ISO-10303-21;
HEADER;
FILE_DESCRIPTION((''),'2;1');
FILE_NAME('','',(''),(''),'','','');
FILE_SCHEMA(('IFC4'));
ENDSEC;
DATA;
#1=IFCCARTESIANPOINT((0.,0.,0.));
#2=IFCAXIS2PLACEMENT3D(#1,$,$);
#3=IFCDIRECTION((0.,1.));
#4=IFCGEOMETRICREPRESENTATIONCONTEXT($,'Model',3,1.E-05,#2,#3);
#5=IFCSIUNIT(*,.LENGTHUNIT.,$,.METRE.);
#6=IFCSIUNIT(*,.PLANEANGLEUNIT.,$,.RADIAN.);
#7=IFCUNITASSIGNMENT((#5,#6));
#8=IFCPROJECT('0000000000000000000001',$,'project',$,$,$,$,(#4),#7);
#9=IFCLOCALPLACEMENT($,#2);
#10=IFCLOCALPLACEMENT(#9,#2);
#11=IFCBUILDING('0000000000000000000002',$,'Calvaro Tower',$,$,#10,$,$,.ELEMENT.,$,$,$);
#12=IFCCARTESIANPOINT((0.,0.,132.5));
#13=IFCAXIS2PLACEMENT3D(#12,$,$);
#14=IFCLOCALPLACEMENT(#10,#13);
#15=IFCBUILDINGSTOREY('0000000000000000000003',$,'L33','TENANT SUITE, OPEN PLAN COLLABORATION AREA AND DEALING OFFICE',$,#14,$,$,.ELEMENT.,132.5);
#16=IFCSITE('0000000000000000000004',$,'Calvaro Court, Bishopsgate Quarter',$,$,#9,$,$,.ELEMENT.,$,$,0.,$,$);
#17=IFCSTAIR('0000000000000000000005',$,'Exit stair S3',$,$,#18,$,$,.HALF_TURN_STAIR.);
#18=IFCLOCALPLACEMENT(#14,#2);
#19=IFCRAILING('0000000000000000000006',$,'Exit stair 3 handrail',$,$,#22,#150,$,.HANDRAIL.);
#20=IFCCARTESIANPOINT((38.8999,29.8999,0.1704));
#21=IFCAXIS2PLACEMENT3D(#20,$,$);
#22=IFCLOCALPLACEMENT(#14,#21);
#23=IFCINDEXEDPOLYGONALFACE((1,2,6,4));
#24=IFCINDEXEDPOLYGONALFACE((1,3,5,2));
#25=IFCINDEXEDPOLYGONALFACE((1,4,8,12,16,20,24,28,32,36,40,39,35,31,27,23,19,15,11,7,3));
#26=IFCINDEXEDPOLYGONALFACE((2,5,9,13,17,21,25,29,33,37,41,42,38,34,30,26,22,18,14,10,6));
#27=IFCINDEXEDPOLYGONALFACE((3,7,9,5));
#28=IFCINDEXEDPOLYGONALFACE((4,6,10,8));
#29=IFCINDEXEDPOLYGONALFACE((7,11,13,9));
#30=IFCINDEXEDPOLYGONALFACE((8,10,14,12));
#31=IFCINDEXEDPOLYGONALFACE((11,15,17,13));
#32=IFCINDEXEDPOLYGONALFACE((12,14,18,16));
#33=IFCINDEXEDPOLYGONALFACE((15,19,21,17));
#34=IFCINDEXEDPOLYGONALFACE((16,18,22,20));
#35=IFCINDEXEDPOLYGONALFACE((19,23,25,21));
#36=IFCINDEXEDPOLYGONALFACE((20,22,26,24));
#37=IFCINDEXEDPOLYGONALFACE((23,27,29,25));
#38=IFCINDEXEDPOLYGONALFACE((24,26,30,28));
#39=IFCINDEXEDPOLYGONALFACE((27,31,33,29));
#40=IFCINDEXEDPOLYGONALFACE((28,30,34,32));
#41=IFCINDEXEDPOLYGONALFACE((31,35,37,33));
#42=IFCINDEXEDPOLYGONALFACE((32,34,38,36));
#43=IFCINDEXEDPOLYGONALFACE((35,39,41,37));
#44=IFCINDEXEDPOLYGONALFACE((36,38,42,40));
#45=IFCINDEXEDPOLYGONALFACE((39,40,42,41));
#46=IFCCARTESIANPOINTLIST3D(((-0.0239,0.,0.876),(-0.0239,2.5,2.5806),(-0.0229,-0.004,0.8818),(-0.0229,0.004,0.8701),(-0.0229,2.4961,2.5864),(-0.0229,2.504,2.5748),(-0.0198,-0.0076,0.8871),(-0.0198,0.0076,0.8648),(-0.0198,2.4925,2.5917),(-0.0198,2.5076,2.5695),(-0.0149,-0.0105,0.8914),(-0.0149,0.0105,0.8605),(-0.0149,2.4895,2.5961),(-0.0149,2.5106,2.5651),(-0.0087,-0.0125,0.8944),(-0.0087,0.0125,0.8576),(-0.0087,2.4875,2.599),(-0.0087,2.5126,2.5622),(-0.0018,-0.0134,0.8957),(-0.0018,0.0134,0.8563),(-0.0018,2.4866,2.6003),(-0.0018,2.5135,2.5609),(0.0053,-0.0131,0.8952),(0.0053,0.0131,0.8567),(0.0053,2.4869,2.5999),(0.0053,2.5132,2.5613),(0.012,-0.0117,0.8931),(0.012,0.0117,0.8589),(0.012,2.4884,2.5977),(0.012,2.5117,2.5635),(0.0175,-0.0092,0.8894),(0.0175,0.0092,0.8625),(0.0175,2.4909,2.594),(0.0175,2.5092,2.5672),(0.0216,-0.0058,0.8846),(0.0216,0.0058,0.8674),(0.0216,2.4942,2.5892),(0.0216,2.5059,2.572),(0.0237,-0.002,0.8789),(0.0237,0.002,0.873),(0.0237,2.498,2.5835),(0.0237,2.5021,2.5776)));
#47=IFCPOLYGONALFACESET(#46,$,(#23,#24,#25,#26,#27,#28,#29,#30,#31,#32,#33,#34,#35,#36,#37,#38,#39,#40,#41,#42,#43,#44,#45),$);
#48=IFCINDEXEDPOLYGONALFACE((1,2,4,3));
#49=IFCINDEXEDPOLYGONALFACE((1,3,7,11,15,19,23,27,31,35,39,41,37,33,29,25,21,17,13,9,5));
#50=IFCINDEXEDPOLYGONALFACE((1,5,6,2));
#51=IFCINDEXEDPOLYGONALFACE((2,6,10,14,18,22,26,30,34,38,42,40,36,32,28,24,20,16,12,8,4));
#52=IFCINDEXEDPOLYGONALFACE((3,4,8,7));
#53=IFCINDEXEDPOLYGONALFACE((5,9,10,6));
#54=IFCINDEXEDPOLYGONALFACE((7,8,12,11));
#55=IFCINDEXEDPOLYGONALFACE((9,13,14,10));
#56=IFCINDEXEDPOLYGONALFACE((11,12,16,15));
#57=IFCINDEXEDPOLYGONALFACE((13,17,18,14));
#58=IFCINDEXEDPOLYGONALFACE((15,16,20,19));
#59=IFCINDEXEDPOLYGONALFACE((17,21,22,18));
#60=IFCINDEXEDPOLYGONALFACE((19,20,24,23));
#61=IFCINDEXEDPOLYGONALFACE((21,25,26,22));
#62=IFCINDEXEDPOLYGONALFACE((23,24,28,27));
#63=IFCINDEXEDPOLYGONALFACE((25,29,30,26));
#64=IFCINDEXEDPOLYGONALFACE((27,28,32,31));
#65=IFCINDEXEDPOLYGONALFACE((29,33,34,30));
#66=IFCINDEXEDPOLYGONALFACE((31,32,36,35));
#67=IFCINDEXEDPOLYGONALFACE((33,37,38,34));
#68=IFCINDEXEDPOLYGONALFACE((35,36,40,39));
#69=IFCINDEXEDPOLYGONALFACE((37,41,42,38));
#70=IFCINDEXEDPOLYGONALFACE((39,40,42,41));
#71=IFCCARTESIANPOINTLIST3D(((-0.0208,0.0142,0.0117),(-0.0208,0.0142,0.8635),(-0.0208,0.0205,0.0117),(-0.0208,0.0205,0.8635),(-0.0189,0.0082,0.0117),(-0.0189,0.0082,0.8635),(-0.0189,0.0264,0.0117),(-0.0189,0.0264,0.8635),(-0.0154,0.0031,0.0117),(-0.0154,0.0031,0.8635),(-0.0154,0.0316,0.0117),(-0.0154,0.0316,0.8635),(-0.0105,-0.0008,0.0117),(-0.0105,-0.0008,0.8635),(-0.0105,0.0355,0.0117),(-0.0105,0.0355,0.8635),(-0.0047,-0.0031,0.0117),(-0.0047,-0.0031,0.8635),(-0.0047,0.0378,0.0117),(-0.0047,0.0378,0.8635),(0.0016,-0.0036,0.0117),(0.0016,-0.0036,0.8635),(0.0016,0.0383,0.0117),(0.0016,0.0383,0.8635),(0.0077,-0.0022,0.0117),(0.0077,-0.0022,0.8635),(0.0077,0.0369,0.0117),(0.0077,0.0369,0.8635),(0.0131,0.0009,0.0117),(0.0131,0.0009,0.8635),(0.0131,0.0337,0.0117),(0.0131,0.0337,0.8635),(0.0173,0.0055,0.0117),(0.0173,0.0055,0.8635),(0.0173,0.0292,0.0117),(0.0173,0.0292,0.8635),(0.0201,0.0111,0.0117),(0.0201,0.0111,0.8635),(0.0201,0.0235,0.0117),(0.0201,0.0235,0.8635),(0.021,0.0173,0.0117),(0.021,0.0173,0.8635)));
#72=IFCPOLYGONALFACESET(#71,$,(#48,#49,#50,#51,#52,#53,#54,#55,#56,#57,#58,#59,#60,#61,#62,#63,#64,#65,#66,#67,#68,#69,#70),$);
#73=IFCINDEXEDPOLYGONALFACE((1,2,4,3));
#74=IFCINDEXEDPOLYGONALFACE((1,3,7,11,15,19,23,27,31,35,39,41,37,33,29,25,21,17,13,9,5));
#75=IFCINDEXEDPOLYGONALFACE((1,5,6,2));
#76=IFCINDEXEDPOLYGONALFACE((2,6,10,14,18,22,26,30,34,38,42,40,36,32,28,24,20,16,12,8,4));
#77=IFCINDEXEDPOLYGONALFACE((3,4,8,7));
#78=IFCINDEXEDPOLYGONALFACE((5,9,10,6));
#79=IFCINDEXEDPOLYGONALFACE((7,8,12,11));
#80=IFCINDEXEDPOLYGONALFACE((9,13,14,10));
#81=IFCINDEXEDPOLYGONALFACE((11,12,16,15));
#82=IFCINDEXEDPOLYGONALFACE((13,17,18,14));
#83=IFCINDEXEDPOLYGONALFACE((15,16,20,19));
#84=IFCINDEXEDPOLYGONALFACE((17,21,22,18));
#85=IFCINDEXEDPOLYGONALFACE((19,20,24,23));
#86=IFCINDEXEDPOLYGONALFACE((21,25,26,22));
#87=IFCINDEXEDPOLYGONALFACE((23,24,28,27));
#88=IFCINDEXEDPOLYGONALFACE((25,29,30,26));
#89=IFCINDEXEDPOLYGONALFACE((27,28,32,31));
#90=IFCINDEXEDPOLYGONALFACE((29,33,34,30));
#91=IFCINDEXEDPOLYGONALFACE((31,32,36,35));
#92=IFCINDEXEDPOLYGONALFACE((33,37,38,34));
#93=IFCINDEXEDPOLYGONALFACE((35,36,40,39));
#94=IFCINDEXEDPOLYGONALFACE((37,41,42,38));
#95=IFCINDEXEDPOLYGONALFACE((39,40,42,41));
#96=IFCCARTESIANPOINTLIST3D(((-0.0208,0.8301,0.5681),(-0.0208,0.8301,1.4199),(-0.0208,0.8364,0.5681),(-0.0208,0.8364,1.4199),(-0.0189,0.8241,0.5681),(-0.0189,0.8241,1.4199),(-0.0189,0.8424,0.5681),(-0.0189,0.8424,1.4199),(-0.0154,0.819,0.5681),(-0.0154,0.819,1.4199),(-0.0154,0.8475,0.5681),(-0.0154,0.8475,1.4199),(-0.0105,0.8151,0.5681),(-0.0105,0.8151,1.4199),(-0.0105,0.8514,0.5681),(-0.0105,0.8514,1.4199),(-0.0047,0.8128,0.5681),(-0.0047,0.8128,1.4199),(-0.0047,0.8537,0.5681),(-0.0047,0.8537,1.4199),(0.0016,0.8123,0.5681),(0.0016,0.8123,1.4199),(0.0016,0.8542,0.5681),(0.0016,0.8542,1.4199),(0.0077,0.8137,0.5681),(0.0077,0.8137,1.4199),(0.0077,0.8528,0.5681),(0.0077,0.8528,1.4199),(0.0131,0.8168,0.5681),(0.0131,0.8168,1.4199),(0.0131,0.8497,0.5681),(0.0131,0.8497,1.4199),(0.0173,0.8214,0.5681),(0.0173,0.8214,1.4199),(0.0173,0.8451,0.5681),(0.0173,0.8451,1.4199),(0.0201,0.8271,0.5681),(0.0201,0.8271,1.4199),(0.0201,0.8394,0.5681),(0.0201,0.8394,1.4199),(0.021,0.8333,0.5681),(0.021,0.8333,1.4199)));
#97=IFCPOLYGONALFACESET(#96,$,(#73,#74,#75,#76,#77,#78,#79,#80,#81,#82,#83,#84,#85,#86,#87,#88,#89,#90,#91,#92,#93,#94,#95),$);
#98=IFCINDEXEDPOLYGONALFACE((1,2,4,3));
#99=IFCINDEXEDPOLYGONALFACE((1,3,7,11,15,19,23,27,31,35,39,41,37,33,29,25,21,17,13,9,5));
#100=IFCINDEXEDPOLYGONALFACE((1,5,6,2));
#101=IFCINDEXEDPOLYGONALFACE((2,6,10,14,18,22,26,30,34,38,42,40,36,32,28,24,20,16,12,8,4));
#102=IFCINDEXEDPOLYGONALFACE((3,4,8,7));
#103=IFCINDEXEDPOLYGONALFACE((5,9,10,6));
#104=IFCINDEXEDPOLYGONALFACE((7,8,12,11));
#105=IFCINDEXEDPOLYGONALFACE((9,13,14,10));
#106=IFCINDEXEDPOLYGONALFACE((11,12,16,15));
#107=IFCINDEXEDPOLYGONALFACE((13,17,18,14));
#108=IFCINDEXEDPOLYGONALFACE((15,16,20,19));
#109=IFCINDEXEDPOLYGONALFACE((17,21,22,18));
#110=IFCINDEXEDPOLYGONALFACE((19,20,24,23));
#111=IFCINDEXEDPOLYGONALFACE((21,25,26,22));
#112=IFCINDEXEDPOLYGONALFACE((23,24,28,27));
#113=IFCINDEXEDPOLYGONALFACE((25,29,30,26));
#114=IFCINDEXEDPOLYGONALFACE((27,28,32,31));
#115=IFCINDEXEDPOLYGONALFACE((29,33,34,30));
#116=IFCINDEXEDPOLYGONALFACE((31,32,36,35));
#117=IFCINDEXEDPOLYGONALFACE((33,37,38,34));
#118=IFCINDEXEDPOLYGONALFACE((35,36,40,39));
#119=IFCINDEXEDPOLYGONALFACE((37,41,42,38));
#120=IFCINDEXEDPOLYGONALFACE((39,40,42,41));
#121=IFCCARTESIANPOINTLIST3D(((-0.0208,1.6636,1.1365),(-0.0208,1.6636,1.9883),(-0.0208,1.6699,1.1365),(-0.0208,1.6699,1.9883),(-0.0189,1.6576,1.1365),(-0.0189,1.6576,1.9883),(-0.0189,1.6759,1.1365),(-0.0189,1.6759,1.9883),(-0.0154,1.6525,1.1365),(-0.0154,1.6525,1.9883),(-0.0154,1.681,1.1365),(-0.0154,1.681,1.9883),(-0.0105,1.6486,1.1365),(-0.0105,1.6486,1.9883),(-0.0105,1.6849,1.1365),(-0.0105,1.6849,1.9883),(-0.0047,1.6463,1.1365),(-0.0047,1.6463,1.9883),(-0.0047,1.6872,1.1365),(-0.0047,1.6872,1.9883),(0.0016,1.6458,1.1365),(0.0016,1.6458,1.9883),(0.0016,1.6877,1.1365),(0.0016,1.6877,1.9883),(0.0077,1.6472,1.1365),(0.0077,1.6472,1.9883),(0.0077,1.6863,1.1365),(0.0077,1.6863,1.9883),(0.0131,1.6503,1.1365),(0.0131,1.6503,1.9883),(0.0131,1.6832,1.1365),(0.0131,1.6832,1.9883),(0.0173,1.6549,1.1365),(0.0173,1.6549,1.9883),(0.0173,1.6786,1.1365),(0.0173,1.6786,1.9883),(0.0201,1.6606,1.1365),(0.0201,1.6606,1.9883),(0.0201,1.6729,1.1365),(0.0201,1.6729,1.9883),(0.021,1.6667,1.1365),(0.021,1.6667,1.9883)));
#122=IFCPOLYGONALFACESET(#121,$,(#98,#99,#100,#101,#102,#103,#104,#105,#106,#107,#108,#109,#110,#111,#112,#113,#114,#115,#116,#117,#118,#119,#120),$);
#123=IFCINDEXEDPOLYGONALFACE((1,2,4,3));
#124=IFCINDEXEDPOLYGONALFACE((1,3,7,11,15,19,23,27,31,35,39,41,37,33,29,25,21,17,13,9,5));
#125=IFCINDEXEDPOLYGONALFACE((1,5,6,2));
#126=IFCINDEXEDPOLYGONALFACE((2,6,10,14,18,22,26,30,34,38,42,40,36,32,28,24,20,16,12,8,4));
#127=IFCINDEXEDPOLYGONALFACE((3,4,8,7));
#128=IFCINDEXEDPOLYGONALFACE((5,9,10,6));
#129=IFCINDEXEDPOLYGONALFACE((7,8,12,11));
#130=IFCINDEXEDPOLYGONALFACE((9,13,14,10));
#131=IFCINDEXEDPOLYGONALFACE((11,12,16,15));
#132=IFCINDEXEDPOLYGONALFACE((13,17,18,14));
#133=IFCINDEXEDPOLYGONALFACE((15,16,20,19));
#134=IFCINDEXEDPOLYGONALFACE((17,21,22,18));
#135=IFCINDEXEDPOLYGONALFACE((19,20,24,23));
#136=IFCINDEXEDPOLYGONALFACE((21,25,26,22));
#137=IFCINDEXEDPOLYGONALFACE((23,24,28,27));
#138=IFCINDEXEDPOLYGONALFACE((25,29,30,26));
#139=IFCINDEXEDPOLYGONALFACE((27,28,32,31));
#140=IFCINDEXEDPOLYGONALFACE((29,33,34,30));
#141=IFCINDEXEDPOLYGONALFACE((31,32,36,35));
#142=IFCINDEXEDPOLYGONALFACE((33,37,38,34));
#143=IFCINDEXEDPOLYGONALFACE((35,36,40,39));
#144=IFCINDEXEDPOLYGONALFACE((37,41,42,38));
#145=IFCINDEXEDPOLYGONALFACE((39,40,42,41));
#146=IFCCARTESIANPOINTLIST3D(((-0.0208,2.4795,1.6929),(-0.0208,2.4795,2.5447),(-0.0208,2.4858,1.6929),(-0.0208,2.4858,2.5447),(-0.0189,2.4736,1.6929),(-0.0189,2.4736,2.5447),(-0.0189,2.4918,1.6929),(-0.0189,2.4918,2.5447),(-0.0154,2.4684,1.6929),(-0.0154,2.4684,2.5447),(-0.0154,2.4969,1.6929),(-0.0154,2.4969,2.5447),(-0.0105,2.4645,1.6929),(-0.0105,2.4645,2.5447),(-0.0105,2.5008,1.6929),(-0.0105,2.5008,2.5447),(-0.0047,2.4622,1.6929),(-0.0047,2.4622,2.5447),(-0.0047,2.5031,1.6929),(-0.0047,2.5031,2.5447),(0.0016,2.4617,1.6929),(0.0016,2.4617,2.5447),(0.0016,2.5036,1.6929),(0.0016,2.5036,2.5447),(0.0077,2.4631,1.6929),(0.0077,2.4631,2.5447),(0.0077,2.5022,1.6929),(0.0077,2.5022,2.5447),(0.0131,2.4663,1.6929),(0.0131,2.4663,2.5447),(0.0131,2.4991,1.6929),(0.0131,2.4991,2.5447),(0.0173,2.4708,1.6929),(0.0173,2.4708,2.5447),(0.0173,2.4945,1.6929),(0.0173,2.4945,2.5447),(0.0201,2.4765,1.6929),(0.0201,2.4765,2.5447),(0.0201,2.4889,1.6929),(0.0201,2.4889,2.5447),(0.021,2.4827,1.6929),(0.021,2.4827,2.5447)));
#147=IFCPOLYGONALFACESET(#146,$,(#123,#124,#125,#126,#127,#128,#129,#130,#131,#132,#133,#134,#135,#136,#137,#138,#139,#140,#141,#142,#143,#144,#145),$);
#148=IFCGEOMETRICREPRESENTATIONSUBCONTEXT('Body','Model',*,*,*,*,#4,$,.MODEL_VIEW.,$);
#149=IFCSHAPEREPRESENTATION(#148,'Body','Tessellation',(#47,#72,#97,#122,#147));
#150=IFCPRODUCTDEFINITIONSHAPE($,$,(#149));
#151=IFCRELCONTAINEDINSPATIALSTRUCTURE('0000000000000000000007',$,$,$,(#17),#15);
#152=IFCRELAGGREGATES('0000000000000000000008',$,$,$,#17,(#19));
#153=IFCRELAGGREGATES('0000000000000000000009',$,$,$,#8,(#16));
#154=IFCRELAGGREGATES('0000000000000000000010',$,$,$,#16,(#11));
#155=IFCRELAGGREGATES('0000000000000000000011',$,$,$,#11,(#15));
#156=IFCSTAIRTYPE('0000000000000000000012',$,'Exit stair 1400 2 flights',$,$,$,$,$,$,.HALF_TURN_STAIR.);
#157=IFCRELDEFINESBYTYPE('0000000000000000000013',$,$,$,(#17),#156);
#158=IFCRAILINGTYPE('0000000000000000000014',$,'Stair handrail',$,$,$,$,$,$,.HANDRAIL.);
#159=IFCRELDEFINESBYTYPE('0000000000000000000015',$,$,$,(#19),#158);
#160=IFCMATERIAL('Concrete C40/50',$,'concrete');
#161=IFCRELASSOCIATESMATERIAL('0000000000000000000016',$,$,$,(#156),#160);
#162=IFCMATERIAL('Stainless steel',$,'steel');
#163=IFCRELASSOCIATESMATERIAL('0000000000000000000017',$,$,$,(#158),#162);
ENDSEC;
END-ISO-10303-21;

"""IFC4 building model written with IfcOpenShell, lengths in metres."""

from ifc_helpers import new_model, si_unit, direction, frame, origin, origin_2d, place, context, subcontext, project, spatial, circle, extrude, material, type_object, element, aggregate, save


model = new_model("IFC4")

# Units and contexts
model_context = context("Model", 3, precision=1e-05, world=origin(), true_north=direction((0.0, 1.0)))
body_context = subcontext(model_context, "Body", "Model", "MODEL_VIEW")
ifc_project = project(units=[si_unit("LENGTHUNIT", "METRE"), si_unit("PLANEANGLEUNIT", "RADIAN")], contexts=[model_context])

# Site, building, storey
site_placement = place(None, origin())
site = spatial("IfcSite", under=ifc_project, at=site_placement, Name="Calvaro Court, Bishopsgate Quarter", CompositionType="ELEMENT", RefElevation=0.0)
building_placement = place(site_placement, origin())
building = spatial("IfcBuilding", under=site, at=building_placement, Name="Calvaro Tower", CompositionType="ELEMENT")
storey_placement = place(building_placement, frame((0.0, 0.0, 132.5)))
storey = spatial("IfcBuildingStorey", under=building, at=storey_placement, Name="L33", Description="TENANT SUITE, OPEN PLAN COLLABORATION AREA AND DEALING OFFICE", CompositionType="ELEMENT", Elevation=132.5)

# Stair
ifc_material_1 = material(Name="Concrete C40/50", Category="concrete")
stair_type = type_object("IfcStairType", Name="Exit stair 1400 2 flights", PredefinedType="HALF_TURN_STAIR", material=ifc_material_1)
stair_1_placement = place(storey_placement, origin())
stair_1 = element("IfcStair", 1, at=stair_1_placement, inside=storey, type_object=stair_type, Name="Exit stair S3", PredefinedType="HALF_TURN_STAIR")

# Railing
ifc_material_2 = material(Name="Stainless steel", Category="steel")
railing_type = type_object("IfcRailingType", Name="Stair handrail", PredefinedType="HANDRAIL", material=ifc_material_2)
railing_1_placement = place(storey_placement, frame((38.8999, 29.8999, 0.1704)))
railing_1 = element("IfcRailing", 2, at=railing_1_placement, type_object=railing_type, Name="Exit stair 3 handrail", PredefinedType="HANDRAIL", context=body_context, shape_type="SweptSolid", body=[
    extrude(circle(Radius=0.0239, at=origin_2d()), frame((0.0, 0.0, 0.876), z_axis=(0.0, 0.826221, 0.563347), x_axis=(-1.0, 0.0, 0.0)), (0.0, 0.0, 1.0), 3.0259),
    extrude(circle(Radius=0.021, at=origin_2d()), frame((0.0, 0.0173, 0.0117)), (0.0, 0.0, 1.0), 0.8518),
    extrude(circle(Radius=0.021, at=origin_2d()), frame((0.0, 0.8333, 0.5681)), (0.0, 0.0, 1.0), 0.8518),
    extrude(circle(Radius=0.021, at=origin_2d()), frame((0.0, 1.6667, 1.1365)), (0.0, 0.0, 1.0), 0.8518),
    extrude(circle(Radius=0.021, at=origin_2d()), frame((0.0, 2.4827, 1.6929)), (0.0, 0.0, 1.0), 0.8518),
])
aggregate(stair_1, [railing_1])

save(model, "model.ifc")
